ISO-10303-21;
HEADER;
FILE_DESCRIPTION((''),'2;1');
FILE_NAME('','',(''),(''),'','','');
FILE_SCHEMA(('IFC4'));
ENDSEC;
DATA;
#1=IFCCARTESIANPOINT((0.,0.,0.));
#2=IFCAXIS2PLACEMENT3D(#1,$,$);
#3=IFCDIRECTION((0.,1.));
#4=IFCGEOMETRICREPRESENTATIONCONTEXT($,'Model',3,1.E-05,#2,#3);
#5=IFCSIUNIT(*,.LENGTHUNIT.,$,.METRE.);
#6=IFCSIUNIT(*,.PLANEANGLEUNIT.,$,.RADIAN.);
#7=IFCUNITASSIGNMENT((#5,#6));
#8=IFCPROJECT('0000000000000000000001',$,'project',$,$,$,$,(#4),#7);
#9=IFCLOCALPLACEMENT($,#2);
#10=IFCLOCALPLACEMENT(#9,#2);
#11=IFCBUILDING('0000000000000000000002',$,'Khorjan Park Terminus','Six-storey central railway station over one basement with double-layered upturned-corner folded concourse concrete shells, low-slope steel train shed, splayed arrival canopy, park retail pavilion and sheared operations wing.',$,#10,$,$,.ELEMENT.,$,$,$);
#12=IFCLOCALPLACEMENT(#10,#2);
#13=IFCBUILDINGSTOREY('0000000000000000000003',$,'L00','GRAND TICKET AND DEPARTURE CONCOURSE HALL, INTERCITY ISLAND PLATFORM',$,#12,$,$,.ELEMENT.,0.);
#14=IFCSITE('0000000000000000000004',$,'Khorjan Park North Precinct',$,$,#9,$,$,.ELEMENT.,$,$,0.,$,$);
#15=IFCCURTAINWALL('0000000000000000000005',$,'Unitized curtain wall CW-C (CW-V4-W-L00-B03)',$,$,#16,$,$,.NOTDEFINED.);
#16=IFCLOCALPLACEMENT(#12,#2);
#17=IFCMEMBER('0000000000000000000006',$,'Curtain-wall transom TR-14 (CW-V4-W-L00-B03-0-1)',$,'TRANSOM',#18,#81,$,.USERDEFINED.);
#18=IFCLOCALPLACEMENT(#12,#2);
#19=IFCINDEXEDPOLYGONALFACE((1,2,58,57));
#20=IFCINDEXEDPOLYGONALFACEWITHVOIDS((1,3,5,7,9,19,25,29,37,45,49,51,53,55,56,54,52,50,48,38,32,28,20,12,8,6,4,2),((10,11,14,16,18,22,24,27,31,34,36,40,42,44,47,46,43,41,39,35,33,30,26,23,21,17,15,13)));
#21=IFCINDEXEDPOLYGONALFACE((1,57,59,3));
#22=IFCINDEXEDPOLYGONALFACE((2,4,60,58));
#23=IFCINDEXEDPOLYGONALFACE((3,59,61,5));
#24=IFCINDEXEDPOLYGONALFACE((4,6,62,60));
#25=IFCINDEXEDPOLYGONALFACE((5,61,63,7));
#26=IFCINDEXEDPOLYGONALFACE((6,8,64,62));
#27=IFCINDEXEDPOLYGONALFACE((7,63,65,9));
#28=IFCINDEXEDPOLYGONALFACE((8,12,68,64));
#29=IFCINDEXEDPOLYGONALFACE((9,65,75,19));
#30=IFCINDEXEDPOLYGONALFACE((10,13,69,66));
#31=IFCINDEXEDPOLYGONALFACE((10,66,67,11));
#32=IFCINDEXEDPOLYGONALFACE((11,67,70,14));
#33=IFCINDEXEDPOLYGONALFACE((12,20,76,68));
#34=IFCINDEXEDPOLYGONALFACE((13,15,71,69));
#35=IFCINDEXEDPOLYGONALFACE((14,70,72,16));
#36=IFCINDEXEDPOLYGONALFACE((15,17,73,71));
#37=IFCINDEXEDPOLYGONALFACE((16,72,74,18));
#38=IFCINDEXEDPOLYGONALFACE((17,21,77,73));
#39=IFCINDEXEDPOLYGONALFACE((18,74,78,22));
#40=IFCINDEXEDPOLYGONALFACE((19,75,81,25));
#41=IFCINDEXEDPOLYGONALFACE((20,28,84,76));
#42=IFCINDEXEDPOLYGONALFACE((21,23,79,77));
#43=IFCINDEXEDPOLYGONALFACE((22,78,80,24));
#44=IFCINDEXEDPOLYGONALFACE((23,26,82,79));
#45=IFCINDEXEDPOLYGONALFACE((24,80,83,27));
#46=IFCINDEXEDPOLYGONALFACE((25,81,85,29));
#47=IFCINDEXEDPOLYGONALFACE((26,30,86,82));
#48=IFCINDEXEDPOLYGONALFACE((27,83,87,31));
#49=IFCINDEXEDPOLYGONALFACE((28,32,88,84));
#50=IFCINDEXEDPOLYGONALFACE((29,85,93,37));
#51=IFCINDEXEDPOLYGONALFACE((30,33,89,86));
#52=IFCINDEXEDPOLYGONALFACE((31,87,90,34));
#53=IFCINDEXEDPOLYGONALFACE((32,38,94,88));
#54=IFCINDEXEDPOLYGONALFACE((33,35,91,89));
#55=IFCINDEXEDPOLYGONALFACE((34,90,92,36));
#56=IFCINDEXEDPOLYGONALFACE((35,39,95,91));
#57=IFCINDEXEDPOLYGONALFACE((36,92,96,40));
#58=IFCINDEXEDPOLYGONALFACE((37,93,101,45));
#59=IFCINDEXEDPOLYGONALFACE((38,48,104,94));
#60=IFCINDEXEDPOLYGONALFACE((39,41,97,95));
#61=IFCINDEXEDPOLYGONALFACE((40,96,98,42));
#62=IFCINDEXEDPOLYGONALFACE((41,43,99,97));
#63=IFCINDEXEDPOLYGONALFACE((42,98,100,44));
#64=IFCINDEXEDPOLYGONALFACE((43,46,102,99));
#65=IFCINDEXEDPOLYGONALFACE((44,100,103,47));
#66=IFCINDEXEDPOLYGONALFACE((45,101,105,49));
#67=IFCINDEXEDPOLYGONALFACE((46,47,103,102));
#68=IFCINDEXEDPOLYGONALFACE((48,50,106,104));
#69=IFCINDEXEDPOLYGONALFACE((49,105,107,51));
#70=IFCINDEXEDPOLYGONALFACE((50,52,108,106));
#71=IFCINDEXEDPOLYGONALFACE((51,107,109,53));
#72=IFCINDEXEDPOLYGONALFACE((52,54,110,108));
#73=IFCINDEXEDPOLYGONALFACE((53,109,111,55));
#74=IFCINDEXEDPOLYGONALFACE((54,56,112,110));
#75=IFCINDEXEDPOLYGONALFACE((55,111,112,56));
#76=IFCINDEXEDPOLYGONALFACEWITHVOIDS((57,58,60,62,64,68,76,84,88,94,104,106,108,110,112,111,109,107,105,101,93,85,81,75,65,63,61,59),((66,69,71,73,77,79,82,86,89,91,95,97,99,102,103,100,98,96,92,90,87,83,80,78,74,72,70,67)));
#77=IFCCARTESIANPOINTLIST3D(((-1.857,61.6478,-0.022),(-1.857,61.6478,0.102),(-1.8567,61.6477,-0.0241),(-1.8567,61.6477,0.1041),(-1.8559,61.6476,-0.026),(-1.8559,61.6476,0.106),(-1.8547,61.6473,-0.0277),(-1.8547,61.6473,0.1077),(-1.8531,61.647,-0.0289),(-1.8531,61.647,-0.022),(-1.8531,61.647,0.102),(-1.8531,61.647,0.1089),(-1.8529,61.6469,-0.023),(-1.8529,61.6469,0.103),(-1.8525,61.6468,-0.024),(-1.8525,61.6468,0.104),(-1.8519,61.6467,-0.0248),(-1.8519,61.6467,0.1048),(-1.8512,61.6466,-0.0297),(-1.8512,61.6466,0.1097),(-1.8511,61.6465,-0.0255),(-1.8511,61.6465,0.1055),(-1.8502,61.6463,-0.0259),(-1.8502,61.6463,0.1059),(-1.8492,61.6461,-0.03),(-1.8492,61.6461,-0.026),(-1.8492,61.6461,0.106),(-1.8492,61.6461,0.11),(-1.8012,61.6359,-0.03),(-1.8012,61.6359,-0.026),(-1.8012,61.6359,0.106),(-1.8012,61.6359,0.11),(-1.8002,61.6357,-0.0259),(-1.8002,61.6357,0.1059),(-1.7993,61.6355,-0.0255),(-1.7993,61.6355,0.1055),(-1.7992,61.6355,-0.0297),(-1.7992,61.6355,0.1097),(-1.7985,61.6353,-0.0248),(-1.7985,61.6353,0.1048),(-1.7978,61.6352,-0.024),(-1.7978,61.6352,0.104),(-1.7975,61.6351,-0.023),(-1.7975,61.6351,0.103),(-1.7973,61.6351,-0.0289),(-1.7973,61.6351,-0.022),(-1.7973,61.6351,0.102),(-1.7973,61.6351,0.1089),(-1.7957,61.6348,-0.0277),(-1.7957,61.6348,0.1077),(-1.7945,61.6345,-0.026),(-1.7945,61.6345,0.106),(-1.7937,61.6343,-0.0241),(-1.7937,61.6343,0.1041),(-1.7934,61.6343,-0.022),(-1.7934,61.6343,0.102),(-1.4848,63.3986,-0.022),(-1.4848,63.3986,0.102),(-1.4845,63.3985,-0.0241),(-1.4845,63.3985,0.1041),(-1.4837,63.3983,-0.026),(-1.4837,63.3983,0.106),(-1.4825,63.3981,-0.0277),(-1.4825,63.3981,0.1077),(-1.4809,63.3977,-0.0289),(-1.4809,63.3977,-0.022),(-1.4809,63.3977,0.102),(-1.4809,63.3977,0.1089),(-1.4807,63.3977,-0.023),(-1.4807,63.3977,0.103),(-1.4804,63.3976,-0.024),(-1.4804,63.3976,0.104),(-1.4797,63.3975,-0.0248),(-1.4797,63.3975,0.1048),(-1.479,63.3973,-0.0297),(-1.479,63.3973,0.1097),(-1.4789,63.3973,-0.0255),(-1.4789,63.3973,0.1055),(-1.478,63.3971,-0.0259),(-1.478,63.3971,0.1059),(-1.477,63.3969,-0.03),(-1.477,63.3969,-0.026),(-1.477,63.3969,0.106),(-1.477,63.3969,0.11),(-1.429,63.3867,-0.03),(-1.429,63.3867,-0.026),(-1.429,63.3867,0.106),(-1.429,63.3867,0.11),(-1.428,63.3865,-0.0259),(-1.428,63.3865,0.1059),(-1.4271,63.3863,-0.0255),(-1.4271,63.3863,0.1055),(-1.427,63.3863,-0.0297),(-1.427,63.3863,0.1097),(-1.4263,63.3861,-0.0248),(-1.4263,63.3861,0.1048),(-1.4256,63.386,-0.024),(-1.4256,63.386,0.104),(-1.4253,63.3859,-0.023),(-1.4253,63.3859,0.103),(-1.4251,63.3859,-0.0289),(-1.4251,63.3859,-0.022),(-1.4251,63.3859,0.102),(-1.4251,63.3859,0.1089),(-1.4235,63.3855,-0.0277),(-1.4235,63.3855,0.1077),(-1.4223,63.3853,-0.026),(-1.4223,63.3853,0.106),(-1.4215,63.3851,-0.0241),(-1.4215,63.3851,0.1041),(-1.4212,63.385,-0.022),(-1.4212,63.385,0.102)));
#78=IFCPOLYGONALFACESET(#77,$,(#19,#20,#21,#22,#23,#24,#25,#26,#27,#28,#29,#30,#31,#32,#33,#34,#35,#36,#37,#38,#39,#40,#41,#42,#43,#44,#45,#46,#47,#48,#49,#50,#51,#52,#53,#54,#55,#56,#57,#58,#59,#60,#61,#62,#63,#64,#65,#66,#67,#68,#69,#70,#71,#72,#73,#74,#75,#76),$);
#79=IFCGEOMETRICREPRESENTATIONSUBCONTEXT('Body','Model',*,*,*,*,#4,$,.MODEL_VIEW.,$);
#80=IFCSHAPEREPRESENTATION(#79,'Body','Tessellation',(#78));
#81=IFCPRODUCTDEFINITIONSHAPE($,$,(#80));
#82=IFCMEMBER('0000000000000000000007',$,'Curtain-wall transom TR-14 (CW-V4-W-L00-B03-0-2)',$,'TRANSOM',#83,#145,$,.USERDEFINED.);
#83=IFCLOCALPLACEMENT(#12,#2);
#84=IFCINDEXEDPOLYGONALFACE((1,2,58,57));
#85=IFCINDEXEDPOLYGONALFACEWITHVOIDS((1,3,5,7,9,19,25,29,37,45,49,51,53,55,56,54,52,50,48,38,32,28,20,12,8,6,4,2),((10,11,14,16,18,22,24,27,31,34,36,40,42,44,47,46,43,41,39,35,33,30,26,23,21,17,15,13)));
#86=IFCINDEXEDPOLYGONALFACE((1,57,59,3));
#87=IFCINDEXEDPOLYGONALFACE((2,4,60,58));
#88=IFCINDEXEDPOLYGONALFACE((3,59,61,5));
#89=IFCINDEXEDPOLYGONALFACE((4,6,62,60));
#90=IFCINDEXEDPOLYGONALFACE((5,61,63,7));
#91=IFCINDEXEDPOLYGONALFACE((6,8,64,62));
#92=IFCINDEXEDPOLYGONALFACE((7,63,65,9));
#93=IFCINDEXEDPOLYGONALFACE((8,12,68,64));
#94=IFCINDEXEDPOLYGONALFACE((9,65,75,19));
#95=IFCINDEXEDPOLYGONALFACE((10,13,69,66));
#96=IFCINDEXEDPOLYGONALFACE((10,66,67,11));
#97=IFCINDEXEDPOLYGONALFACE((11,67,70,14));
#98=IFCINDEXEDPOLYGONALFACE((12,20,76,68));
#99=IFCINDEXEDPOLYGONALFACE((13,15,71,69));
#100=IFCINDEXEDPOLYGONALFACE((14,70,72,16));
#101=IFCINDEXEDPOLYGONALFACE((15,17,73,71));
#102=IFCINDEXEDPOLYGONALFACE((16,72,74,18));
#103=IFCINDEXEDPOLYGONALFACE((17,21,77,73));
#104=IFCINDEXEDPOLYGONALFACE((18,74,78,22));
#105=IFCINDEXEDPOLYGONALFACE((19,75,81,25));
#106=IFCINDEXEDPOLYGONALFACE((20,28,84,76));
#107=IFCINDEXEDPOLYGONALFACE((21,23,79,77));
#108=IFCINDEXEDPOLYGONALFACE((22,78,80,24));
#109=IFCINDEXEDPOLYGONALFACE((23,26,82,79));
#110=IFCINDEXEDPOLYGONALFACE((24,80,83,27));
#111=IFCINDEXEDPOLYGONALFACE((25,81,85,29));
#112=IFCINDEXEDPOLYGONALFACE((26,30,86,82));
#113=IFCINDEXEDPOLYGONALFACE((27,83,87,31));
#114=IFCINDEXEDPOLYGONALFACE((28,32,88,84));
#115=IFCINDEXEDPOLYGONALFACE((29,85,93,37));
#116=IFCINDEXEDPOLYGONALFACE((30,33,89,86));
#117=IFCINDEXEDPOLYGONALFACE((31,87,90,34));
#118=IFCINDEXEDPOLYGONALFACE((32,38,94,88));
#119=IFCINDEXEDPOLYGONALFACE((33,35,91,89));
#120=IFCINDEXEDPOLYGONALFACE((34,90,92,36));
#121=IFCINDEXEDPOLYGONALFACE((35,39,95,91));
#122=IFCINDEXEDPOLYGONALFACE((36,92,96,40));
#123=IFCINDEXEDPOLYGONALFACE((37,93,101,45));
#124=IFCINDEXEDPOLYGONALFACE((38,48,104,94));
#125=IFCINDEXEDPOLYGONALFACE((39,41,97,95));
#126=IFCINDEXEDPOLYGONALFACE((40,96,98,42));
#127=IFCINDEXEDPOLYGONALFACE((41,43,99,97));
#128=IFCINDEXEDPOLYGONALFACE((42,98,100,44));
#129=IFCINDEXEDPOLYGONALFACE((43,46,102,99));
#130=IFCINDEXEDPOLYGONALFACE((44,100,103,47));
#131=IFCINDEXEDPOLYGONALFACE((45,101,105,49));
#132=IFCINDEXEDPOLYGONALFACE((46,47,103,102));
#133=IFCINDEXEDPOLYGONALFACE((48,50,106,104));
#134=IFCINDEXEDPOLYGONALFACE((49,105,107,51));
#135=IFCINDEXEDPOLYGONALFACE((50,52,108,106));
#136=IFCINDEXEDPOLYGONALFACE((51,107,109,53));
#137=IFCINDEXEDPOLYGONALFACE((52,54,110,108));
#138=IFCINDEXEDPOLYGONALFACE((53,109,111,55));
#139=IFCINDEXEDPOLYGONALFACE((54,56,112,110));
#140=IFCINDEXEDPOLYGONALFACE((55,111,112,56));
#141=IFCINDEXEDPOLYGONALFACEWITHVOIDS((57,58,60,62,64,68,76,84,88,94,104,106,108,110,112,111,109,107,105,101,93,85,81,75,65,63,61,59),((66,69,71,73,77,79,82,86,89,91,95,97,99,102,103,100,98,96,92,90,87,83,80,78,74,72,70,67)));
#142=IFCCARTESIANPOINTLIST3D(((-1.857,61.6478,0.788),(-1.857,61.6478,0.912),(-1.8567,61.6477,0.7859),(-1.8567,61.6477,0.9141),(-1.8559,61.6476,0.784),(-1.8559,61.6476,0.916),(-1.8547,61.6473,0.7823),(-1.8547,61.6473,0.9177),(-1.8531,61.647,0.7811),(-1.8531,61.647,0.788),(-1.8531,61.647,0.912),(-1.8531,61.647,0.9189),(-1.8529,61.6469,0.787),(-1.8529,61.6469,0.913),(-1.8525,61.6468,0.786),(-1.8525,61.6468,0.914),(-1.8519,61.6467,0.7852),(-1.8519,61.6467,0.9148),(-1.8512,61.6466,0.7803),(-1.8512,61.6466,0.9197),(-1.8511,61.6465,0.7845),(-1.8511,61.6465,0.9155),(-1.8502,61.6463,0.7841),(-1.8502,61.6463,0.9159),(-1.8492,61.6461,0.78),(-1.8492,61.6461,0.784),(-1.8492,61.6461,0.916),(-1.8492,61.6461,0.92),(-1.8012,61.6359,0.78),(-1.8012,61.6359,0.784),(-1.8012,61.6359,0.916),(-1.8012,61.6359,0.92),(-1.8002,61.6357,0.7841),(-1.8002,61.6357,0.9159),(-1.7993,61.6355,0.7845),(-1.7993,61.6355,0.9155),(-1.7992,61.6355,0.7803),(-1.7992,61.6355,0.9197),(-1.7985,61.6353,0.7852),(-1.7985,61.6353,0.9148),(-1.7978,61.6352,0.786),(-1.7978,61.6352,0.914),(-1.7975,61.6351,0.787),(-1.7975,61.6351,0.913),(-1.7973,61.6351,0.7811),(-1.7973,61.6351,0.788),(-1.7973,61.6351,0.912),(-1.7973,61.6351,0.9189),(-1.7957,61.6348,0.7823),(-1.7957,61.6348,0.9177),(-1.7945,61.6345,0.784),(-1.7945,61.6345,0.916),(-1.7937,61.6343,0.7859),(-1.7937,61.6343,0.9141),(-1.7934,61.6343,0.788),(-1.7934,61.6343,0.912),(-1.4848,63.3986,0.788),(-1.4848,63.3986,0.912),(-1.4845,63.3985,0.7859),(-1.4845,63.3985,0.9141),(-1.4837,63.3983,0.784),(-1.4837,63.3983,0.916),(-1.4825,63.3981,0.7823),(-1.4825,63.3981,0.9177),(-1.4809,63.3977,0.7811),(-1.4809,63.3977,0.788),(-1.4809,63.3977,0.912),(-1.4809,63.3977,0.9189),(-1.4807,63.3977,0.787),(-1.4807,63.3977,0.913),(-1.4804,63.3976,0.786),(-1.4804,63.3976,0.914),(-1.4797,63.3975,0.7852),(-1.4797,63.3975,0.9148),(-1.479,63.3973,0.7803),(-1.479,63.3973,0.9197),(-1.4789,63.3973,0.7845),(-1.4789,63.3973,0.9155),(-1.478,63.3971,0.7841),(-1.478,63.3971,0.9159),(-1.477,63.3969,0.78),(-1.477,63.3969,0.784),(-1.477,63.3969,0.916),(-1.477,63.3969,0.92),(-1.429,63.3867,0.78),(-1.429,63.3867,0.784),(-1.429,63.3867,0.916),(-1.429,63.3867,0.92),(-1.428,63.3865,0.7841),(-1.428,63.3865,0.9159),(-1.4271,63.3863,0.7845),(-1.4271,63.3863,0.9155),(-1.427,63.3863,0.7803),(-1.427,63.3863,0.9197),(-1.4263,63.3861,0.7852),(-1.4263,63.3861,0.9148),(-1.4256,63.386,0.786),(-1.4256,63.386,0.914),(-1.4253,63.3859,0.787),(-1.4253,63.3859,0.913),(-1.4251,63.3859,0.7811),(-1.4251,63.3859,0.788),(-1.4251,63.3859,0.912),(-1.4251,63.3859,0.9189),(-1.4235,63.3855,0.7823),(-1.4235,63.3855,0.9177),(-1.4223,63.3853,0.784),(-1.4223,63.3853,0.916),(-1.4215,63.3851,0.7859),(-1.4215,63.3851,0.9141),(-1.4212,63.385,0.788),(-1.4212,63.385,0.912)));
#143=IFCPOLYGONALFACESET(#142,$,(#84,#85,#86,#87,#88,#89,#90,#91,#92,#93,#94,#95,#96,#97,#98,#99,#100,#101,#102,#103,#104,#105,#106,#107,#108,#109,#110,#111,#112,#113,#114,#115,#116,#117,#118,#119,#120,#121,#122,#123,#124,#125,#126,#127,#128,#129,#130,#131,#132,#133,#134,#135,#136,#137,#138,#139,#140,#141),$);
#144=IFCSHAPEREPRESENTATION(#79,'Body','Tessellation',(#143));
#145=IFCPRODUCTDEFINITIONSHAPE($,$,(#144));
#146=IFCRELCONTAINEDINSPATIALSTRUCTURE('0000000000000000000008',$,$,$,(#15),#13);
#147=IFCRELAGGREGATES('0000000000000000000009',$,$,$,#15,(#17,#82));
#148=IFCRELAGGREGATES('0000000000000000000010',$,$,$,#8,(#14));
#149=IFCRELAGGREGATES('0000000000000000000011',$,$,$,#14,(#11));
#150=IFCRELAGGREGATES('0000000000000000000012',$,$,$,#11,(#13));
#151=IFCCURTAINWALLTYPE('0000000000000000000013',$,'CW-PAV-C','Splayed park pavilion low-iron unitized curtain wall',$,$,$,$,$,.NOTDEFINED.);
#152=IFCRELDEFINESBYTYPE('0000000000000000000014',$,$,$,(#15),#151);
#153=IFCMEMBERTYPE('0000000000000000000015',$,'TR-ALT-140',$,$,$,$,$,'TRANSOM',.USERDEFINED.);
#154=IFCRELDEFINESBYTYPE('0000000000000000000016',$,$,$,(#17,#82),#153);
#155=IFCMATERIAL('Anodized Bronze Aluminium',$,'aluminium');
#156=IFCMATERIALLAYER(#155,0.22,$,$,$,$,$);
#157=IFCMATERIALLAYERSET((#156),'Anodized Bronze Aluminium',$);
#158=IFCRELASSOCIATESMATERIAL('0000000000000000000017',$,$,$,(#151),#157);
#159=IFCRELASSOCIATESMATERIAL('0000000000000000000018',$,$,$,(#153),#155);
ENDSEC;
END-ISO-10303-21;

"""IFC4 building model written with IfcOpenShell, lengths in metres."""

from ifc_helpers import new_model, si_unit, direction, frame, origin, origin_2d, place, context, subcontext, project, spatial, hollow_rectangle, extrude, material, layer, layer_set, material_profile, profile_set, type_object, element, aggregate, save


model = new_model("IFC4")

# Units and contexts
model_context = context("Model", 3, precision=1e-05, world=origin(), true_north=direction((0.0, 1.0)))
body_context = subcontext(model_context, "Body", "Model", "MODEL_VIEW")
ifc_project = project(units=[si_unit("LENGTHUNIT", "METRE"), si_unit("PLANEANGLEUNIT", "RADIAN")], contexts=[model_context])

# Site, building, storey
site_placement = place(None, origin())
site = spatial("IfcSite", under=ifc_project, at=site_placement, Name="Khorjan Park North Precinct", CompositionType="ELEMENT", RefElevation=0.0)
building_placement = place(site_placement, origin())
building = spatial("IfcBuilding", under=site, at=building_placement, Name="Khorjan Park Terminus", Description="Six-storey central railway station over one basement with double-layered upturned-corner folded concourse concrete shells, low-slope steel train shed, splayed arrival canopy, park retail pavilion and sheared operations wing.", CompositionType="ELEMENT")
storey_placement = place(building_placement, origin())
storey = spatial("IfcBuildingStorey", under=building, at=storey_placement, Name="L00", Description="GRAND TICKET AND DEPARTURE CONCOURSE HALL, INTERCITY ISLAND PLATFORM", CompositionType="ELEMENT", Elevation=0.0)

# Curtain wall, members
ifc_material_1 = material(Name="Anodized Bronze Aluminium", Category="aluminium")
ifc_layer_1 = layer(ifc_material_1, 0.22)
ifc_layer_set_1 = layer_set([ifc_layer_1], Name="Anodized Bronze Aluminium")
curtain_wall_type = type_object("IfcCurtainWallType", Name="CW-PAV-C", Description="Splayed park pavilion low-iron unitized curtain wall", PredefinedType="NOTDEFINED", material=ifc_layer_set_1)
curtain_wall_placement = place(storey_placement, origin())
curtain_wall = element("IfcCurtainWall", 1, at=curtain_wall_placement, inside=storey, type_object=curtain_wall_type, Name="Unitized curtain wall CW-C (CW-V4-W-L00-B03)", PredefinedType="NOTDEFINED")
ifc_material_profile_1 = material_profile(ifc_material_1, hollow_rectangle(XDim=0.065, YDim=0.14, WallThickness=0.004, InnerFilletRadius=0.004, OuterFilletRadius=0.008, at=origin_2d()), Name="ALT 65x140x4")
ifc_profile_set_1 = profile_set([ifc_material_profile_1], Name="Anodized Bronze Aluminium")
member_type_1 = type_object("IfcMemberType", Name="TR-ALT-140", ElementType="TRANSOM", PredefinedType="USERDEFINED", material=ifc_profile_set_1)
member_1_placement = place(storey_placement, frame((-1.453, 63.3918, 0.04), z_axis=(-0.207942, -0.978141, 0.0), x_axis=(0.978141, -0.207942, 0.0)))
member_1 = element("IfcMember", 2, at=member_1_placement, type_object=member_type_1, Name="Curtain-wall transom TR-14 (CW-V4-W-L00-B03-0-1)", ObjectType="TRANSOM", PredefinedType="USERDEFINED", context=body_context, shape_type="SweptSolid", body=[
    extrude(hollow_rectangle(XDim=0.065, YDim=0.14, WallThickness=0.004, InnerFilletRadius=0.004, OuterFilletRadius=0.008, at=origin_2d()), origin(), (0.0, 0.0, 1.0), 1.7899),
])
member_2_placement = place(storey_placement, frame((-1.453, 63.3918, 0.85), z_axis=(-0.207942, -0.978141, 0.0), x_axis=(0.978141, -0.207942, 0.0)))
member_2 = element("IfcMember", 3, at=member_2_placement, type_object=member_type_1, Name="Curtain-wall transom TR-14 (CW-V4-W-L00-B03-0-2)", ObjectType="TRANSOM", PredefinedType="USERDEFINED", context=body_context, shape_type="SweptSolid", body=[
    extrude(hollow_rectangle(XDim=0.065, YDim=0.14, WallThickness=0.004, InnerFilletRadius=0.004, OuterFilletRadius=0.008, at=origin_2d()), origin(), (0.0, 0.0, 1.0), 1.7899),
])
aggregate(curtain_wall, [member_1, member_2])

save(model, "model.ifc")
